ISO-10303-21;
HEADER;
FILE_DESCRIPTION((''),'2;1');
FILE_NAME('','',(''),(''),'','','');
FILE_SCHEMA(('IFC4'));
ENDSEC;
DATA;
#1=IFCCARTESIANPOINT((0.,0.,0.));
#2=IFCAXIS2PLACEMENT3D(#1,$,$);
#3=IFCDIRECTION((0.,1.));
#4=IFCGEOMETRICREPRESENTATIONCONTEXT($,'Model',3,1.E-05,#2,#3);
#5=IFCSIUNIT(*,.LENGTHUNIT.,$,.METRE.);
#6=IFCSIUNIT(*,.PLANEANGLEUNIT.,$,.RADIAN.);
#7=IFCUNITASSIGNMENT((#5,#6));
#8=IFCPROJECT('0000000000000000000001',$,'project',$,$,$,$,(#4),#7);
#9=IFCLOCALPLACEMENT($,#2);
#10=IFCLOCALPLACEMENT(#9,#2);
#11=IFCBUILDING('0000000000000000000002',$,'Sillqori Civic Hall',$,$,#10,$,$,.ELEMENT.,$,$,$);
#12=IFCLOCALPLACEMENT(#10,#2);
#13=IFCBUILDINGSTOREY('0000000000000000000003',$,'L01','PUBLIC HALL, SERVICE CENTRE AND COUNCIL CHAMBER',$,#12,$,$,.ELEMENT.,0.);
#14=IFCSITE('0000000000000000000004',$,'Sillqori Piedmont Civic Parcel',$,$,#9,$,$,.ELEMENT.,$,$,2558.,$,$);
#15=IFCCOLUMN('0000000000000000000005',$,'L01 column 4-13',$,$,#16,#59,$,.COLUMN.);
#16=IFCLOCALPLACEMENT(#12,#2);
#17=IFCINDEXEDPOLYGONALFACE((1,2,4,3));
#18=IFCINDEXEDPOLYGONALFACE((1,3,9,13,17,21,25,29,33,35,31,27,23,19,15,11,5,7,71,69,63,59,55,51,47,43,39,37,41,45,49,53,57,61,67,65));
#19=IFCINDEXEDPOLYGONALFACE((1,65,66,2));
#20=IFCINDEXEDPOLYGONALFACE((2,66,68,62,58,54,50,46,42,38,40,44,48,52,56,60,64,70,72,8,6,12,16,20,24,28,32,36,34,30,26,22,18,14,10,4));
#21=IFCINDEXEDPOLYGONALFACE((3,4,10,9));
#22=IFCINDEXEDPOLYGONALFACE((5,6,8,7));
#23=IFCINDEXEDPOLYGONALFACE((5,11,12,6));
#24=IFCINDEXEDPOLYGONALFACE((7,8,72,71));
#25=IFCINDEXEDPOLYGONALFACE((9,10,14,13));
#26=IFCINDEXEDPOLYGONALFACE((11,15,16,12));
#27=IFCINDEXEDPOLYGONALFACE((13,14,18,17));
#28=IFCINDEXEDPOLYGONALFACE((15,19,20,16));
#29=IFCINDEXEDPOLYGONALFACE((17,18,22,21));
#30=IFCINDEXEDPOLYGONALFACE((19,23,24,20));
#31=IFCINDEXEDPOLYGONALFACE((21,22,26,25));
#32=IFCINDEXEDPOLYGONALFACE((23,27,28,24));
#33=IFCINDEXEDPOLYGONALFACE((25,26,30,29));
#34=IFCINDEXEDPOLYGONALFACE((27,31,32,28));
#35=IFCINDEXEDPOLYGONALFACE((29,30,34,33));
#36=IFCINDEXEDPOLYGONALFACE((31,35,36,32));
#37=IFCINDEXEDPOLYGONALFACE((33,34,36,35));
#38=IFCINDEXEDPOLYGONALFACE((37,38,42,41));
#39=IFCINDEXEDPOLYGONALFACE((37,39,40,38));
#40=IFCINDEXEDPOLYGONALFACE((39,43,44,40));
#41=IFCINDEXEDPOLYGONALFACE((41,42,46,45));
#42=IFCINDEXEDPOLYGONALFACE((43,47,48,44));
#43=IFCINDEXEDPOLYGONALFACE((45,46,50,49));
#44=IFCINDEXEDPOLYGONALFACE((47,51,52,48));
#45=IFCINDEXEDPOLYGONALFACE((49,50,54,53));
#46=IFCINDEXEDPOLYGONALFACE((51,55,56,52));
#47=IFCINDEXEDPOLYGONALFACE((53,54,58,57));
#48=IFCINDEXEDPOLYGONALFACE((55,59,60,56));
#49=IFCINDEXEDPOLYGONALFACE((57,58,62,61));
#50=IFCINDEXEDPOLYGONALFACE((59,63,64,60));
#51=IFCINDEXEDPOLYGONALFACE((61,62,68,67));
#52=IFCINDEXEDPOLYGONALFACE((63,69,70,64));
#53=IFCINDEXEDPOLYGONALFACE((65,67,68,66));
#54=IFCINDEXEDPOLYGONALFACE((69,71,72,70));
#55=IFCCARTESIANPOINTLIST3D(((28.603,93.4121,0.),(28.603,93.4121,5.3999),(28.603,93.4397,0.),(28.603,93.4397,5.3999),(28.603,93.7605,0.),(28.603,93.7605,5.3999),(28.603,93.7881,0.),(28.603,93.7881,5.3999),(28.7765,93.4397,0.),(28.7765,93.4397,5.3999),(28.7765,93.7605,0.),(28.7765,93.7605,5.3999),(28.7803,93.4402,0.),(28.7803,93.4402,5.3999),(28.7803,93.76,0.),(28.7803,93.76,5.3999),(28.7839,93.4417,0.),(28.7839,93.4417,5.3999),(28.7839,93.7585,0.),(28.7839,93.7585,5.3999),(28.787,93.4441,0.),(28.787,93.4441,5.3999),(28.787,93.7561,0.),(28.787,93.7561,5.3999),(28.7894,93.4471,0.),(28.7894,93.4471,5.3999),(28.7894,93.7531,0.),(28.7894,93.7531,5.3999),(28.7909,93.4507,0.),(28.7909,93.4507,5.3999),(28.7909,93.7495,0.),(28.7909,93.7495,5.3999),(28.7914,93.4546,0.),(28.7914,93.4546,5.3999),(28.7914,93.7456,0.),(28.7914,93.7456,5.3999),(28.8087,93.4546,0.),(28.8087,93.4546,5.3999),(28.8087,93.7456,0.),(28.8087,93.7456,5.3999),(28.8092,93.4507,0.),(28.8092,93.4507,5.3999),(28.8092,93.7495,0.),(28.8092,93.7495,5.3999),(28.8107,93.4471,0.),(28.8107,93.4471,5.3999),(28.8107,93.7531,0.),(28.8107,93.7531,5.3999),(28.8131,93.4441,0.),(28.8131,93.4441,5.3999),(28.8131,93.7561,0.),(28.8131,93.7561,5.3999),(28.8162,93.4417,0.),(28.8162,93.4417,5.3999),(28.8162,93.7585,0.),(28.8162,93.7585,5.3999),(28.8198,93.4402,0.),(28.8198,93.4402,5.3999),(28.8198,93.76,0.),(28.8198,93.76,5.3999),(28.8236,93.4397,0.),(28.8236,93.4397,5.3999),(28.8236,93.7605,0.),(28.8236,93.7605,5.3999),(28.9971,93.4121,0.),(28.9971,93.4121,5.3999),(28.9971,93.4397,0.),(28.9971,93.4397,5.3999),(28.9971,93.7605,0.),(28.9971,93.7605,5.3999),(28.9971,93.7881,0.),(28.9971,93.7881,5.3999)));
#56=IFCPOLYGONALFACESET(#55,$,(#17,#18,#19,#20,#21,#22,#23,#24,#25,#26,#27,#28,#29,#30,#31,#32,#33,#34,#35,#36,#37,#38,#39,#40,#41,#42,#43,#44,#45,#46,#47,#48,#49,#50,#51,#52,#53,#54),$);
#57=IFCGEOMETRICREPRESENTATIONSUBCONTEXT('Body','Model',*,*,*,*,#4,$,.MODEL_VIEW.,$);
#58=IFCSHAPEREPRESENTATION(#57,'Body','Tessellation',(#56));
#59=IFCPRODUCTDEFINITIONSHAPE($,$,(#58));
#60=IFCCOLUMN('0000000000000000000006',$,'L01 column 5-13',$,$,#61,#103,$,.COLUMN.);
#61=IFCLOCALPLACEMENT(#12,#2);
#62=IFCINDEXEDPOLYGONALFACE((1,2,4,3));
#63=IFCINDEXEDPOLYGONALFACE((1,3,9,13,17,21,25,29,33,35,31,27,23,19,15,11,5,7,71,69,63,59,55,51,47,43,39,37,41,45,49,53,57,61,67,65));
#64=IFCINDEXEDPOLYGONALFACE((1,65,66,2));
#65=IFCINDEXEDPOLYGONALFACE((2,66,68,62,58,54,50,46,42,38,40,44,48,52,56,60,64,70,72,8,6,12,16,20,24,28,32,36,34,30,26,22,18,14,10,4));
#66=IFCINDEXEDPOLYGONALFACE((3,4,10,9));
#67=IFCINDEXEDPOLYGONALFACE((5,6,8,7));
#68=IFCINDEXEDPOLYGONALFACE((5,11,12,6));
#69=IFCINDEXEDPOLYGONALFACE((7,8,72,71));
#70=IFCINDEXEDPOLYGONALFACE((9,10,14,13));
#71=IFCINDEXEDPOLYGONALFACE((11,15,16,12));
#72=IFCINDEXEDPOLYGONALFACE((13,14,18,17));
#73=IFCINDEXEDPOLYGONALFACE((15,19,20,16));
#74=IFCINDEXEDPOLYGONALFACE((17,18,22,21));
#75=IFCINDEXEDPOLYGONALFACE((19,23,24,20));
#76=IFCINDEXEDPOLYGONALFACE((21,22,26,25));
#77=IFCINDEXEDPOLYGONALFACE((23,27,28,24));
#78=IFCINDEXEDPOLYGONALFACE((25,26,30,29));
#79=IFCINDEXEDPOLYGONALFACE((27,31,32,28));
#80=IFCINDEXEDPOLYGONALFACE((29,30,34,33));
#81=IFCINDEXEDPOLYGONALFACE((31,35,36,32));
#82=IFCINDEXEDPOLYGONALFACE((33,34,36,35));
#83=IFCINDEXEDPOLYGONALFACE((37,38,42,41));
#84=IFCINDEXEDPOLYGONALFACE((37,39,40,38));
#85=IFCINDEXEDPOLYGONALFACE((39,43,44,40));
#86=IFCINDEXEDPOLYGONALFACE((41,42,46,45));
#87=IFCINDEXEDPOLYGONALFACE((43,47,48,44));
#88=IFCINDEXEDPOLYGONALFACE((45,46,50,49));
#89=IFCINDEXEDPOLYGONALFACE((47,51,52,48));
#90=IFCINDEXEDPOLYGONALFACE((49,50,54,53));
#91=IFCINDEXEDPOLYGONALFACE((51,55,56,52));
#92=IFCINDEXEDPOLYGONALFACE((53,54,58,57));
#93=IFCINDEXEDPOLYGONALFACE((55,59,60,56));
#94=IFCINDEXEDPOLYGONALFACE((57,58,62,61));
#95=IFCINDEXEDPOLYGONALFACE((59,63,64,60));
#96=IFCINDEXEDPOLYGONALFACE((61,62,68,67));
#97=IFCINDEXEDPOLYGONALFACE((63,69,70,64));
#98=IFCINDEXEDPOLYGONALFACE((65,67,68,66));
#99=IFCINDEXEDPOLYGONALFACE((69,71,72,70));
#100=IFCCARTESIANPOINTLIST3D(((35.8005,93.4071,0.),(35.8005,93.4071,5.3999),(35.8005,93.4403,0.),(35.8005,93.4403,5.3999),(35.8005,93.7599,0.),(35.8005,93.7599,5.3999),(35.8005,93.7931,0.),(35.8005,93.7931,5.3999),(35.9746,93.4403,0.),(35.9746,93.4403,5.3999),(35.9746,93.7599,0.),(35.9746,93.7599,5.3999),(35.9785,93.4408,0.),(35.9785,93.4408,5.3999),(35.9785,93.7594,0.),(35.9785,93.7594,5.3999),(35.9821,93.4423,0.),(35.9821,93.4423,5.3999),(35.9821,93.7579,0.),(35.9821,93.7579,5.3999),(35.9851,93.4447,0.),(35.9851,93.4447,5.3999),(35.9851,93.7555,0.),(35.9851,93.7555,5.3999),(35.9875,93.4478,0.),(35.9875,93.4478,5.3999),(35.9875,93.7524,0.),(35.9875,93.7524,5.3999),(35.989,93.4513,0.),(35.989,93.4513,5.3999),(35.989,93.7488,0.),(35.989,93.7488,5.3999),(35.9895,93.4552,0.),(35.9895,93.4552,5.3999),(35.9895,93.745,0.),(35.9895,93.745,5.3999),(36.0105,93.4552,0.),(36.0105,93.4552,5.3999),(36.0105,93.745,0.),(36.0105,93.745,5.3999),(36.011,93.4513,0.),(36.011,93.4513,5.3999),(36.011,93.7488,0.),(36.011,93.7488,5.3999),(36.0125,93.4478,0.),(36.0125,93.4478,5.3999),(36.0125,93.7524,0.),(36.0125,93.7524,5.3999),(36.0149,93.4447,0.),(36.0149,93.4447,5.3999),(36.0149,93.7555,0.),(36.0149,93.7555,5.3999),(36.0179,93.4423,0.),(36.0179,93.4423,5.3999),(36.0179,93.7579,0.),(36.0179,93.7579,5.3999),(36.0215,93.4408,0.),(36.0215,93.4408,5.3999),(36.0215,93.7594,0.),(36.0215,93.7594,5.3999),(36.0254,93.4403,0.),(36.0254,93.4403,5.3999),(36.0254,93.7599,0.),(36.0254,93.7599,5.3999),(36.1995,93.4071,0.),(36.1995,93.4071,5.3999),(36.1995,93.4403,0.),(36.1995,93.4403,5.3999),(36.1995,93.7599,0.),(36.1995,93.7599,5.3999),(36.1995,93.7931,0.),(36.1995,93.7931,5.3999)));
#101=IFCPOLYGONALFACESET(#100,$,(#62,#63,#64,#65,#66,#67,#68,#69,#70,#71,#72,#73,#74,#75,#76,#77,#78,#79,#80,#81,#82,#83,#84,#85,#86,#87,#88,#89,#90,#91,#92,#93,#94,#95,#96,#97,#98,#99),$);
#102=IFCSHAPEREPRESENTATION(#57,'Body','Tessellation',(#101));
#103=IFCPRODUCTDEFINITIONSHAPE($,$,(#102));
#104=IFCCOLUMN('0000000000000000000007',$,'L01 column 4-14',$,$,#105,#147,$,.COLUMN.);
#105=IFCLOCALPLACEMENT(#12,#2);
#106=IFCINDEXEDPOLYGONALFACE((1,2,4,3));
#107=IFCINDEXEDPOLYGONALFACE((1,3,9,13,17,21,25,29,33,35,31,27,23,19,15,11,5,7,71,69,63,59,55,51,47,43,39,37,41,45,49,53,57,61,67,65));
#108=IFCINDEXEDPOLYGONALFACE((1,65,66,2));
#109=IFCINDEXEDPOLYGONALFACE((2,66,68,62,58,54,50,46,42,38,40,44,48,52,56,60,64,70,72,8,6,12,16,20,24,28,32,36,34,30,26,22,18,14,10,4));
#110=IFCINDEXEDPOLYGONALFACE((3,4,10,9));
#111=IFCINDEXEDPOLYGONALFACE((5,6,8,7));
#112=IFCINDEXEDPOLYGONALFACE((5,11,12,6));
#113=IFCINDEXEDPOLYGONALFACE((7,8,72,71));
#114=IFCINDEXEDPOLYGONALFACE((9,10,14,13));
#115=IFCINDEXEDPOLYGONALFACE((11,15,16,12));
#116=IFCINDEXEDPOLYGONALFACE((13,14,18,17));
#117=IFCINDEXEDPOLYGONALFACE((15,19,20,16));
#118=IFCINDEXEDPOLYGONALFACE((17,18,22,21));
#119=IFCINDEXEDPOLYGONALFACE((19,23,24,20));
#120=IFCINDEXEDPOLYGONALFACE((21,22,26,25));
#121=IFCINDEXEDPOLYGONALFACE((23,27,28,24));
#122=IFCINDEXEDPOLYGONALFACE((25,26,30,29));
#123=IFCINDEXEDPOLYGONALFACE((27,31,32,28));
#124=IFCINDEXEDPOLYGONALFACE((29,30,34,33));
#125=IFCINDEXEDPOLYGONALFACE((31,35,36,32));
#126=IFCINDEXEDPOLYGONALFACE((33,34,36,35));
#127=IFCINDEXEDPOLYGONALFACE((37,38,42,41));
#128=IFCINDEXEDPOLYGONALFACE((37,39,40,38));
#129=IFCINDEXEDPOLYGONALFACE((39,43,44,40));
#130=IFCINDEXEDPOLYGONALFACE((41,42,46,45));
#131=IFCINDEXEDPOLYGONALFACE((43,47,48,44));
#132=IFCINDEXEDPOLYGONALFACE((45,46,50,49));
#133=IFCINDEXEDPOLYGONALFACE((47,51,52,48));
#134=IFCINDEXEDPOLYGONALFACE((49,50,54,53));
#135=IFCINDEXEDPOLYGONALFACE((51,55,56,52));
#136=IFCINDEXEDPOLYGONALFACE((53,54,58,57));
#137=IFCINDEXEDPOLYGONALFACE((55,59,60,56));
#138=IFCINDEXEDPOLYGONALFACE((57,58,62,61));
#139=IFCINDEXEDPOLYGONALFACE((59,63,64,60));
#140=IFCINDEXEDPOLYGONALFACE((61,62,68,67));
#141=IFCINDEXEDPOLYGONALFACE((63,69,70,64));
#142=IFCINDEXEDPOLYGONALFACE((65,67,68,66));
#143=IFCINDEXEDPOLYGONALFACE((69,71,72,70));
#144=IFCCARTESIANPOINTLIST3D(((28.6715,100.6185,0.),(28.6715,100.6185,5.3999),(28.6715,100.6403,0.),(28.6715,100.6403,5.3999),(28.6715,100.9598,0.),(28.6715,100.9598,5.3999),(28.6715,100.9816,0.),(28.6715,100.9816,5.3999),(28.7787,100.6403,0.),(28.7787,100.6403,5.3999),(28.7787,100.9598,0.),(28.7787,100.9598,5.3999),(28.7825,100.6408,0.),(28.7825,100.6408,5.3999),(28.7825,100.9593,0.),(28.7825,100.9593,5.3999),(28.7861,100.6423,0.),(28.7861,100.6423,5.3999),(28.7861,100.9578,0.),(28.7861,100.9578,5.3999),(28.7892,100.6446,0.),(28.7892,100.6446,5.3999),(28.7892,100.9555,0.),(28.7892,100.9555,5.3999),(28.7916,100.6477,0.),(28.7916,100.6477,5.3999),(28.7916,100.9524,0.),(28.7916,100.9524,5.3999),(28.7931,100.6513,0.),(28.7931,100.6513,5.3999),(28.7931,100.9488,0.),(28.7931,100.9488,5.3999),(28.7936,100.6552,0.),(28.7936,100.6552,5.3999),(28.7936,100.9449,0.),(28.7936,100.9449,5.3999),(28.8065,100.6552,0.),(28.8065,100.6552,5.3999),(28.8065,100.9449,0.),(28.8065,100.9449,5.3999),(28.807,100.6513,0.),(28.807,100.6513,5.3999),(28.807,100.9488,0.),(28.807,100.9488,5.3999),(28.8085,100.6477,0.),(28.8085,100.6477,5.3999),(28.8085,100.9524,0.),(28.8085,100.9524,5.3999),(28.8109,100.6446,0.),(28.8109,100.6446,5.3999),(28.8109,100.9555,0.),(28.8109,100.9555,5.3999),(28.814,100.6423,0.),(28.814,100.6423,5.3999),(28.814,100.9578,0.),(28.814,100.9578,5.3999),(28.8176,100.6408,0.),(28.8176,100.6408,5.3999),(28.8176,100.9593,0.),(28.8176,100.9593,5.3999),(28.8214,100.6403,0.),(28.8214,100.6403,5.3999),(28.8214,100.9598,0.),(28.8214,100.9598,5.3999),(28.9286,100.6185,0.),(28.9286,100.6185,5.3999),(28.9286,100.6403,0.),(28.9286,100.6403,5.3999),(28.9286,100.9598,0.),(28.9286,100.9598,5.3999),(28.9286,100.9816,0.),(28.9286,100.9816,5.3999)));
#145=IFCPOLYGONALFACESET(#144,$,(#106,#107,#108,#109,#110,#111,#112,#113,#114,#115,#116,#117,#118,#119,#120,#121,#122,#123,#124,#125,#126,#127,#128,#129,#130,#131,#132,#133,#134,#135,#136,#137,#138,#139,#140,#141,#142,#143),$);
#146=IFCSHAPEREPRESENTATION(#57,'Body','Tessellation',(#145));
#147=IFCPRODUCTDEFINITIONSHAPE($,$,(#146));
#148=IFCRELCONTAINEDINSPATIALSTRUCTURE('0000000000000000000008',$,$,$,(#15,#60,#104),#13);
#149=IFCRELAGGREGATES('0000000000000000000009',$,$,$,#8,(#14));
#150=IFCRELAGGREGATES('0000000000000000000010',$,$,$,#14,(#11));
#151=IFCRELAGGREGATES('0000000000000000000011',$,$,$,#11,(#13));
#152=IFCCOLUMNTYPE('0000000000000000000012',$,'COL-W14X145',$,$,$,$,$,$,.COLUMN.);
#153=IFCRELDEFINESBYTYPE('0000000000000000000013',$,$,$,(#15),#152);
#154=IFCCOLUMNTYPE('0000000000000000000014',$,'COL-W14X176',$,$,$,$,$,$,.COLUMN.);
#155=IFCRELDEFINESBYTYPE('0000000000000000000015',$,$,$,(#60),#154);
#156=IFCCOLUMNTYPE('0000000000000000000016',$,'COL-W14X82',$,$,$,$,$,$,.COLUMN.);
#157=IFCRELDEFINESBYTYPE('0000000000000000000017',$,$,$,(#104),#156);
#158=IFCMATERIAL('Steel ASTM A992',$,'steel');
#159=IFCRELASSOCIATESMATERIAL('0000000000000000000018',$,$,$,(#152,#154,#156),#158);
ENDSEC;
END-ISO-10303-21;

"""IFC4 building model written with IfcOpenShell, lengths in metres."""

from ifc_helpers import new_model, si_unit, direction, frame, origin, origin_2d, place, context, subcontext, project, spatial, i_section, extrude, material, material_profile, profile_set, type_object, element, save


model = new_model("IFC4")

# Units and contexts
model_context = context("Model", 3, precision=1e-05, world=origin(), true_north=direction((0.0, 1.0)))
body_context = subcontext(model_context, "Body", "Model", "MODEL_VIEW")
ifc_project = project(units=[si_unit("LENGTHUNIT", "METRE"), si_unit("PLANEANGLEUNIT", "RADIAN")], contexts=[model_context])

# Site, building, storey
site_placement = place(None, origin())
site = spatial("IfcSite", under=ifc_project, at=site_placement, Name="Sillqori Piedmont Civic Parcel", CompositionType="ELEMENT", RefElevation=2558.0)
building_placement = place(site_placement, origin())
building = spatial("IfcBuilding", under=site, at=building_placement, Name="Sillqori Civic Hall", CompositionType="ELEMENT")
storey_placement = place(building_placement, origin())
storey = spatial("IfcBuildingStorey", under=building, at=storey_placement, Name="L01", Description="PUBLIC HALL, SERVICE CENTRE AND COUNCIL CHAMBER", CompositionType="ELEMENT", Elevation=0.0)

# Columns
ifc_material_1 = material(Name="Steel ASTM A992", Category="steel")
ifc_material_profile_1 = material_profile(ifc_material_1, i_section(OverallWidth=0.394, OverallDepth=0.376, WebThickness=0.0173, FlangeThickness=0.0276, FilletRadius=0.0149, at=origin_2d()), Name="W14X145")
ifc_profile_set_1 = profile_set([ifc_material_profile_1], Name="Steel ASTM A992")
column_type_1 = type_object("IfcColumnType", Name="COL-W14X145", PredefinedType="COLUMN", material=ifc_profile_set_1)
column_1_placement = place(storey_placement, frame((28.8, 93.6001, 0.0), z_axis=(0.0, 0.0, 1.0), x_axis=(1.0, 0.0, 0.0)))
element("IfcColumn", 1, at=column_1_placement, inside=storey, type_object=column_type_1, Name="L01 column 4-13", PredefinedType="COLUMN", context=body_context, shape_type="SweptSolid", body=[
    extrude(i_section(OverallWidth=0.394, OverallDepth=0.376, WebThickness=0.0173, FlangeThickness=0.0276, FilletRadius=0.0149, at=origin_2d()), origin(), (0.0, 0.0, 1.0), 5.3999),
])
ifc_material_profile_2 = material_profile(ifc_material_1, i_section(OverallWidth=0.3989, OverallDepth=0.386, WebThickness=0.021, FlangeThickness=0.0332, FilletRadius=0.0149, at=origin_2d()), Name="W14X176")
ifc_profile_set_2 = profile_set([ifc_material_profile_2], Name="Steel ASTM A992")
column_type_2 = type_object("IfcColumnType", Name="COL-W14X176", PredefinedType="COLUMN", material=ifc_profile_set_2)
column_2_placement = place(storey_placement, frame((36.0, 93.6001, 0.0), z_axis=(0.0, 0.0, 1.0), x_axis=(1.0, 0.0, 0.0)))
element("IfcColumn", 2, at=column_2_placement, inside=storey, type_object=column_type_2, Name="L01 column 5-13", PredefinedType="COLUMN", context=body_context, shape_type="SweptSolid", body=[
    extrude(i_section(OverallWidth=0.3989, OverallDepth=0.386, WebThickness=0.021, FlangeThickness=0.0332, FilletRadius=0.0149, at=origin_2d()), origin(), (0.0, 0.0, 1.0), 5.3999),
])
ifc_material_profile_3 = material_profile(ifc_material_1, i_section(OverallWidth=0.2571, OverallDepth=0.363, WebThickness=0.0129, FlangeThickness=0.0217, FilletRadius=0.0149, at=origin_2d()), Name="W14X82")
ifc_profile_set_3 = profile_set([ifc_material_profile_3], Name="Steel ASTM A992")
column_type_3 = type_object("IfcColumnType", Name="COL-W14X82", PredefinedType="COLUMN", material=ifc_profile_set_3)
column_3_placement = place(storey_placement, frame((28.8, 100.8, 0.0), z_axis=(0.0, 0.0, 1.0), x_axis=(1.0, 0.0, 0.0)))
element("IfcColumn", 3, at=column_3_placement, inside=storey, type_object=column_type_3, Name="L01 column 4-14", PredefinedType="COLUMN", context=body_context, shape_type="SweptSolid", body=[
    extrude(i_section(OverallWidth=0.2571, OverallDepth=0.363, WebThickness=0.0129, FlangeThickness=0.0217, FilletRadius=0.0149, at=origin_2d()), origin(), (0.0, 0.0, 1.0), 5.3999),
])

save(model, "model.ifc")
